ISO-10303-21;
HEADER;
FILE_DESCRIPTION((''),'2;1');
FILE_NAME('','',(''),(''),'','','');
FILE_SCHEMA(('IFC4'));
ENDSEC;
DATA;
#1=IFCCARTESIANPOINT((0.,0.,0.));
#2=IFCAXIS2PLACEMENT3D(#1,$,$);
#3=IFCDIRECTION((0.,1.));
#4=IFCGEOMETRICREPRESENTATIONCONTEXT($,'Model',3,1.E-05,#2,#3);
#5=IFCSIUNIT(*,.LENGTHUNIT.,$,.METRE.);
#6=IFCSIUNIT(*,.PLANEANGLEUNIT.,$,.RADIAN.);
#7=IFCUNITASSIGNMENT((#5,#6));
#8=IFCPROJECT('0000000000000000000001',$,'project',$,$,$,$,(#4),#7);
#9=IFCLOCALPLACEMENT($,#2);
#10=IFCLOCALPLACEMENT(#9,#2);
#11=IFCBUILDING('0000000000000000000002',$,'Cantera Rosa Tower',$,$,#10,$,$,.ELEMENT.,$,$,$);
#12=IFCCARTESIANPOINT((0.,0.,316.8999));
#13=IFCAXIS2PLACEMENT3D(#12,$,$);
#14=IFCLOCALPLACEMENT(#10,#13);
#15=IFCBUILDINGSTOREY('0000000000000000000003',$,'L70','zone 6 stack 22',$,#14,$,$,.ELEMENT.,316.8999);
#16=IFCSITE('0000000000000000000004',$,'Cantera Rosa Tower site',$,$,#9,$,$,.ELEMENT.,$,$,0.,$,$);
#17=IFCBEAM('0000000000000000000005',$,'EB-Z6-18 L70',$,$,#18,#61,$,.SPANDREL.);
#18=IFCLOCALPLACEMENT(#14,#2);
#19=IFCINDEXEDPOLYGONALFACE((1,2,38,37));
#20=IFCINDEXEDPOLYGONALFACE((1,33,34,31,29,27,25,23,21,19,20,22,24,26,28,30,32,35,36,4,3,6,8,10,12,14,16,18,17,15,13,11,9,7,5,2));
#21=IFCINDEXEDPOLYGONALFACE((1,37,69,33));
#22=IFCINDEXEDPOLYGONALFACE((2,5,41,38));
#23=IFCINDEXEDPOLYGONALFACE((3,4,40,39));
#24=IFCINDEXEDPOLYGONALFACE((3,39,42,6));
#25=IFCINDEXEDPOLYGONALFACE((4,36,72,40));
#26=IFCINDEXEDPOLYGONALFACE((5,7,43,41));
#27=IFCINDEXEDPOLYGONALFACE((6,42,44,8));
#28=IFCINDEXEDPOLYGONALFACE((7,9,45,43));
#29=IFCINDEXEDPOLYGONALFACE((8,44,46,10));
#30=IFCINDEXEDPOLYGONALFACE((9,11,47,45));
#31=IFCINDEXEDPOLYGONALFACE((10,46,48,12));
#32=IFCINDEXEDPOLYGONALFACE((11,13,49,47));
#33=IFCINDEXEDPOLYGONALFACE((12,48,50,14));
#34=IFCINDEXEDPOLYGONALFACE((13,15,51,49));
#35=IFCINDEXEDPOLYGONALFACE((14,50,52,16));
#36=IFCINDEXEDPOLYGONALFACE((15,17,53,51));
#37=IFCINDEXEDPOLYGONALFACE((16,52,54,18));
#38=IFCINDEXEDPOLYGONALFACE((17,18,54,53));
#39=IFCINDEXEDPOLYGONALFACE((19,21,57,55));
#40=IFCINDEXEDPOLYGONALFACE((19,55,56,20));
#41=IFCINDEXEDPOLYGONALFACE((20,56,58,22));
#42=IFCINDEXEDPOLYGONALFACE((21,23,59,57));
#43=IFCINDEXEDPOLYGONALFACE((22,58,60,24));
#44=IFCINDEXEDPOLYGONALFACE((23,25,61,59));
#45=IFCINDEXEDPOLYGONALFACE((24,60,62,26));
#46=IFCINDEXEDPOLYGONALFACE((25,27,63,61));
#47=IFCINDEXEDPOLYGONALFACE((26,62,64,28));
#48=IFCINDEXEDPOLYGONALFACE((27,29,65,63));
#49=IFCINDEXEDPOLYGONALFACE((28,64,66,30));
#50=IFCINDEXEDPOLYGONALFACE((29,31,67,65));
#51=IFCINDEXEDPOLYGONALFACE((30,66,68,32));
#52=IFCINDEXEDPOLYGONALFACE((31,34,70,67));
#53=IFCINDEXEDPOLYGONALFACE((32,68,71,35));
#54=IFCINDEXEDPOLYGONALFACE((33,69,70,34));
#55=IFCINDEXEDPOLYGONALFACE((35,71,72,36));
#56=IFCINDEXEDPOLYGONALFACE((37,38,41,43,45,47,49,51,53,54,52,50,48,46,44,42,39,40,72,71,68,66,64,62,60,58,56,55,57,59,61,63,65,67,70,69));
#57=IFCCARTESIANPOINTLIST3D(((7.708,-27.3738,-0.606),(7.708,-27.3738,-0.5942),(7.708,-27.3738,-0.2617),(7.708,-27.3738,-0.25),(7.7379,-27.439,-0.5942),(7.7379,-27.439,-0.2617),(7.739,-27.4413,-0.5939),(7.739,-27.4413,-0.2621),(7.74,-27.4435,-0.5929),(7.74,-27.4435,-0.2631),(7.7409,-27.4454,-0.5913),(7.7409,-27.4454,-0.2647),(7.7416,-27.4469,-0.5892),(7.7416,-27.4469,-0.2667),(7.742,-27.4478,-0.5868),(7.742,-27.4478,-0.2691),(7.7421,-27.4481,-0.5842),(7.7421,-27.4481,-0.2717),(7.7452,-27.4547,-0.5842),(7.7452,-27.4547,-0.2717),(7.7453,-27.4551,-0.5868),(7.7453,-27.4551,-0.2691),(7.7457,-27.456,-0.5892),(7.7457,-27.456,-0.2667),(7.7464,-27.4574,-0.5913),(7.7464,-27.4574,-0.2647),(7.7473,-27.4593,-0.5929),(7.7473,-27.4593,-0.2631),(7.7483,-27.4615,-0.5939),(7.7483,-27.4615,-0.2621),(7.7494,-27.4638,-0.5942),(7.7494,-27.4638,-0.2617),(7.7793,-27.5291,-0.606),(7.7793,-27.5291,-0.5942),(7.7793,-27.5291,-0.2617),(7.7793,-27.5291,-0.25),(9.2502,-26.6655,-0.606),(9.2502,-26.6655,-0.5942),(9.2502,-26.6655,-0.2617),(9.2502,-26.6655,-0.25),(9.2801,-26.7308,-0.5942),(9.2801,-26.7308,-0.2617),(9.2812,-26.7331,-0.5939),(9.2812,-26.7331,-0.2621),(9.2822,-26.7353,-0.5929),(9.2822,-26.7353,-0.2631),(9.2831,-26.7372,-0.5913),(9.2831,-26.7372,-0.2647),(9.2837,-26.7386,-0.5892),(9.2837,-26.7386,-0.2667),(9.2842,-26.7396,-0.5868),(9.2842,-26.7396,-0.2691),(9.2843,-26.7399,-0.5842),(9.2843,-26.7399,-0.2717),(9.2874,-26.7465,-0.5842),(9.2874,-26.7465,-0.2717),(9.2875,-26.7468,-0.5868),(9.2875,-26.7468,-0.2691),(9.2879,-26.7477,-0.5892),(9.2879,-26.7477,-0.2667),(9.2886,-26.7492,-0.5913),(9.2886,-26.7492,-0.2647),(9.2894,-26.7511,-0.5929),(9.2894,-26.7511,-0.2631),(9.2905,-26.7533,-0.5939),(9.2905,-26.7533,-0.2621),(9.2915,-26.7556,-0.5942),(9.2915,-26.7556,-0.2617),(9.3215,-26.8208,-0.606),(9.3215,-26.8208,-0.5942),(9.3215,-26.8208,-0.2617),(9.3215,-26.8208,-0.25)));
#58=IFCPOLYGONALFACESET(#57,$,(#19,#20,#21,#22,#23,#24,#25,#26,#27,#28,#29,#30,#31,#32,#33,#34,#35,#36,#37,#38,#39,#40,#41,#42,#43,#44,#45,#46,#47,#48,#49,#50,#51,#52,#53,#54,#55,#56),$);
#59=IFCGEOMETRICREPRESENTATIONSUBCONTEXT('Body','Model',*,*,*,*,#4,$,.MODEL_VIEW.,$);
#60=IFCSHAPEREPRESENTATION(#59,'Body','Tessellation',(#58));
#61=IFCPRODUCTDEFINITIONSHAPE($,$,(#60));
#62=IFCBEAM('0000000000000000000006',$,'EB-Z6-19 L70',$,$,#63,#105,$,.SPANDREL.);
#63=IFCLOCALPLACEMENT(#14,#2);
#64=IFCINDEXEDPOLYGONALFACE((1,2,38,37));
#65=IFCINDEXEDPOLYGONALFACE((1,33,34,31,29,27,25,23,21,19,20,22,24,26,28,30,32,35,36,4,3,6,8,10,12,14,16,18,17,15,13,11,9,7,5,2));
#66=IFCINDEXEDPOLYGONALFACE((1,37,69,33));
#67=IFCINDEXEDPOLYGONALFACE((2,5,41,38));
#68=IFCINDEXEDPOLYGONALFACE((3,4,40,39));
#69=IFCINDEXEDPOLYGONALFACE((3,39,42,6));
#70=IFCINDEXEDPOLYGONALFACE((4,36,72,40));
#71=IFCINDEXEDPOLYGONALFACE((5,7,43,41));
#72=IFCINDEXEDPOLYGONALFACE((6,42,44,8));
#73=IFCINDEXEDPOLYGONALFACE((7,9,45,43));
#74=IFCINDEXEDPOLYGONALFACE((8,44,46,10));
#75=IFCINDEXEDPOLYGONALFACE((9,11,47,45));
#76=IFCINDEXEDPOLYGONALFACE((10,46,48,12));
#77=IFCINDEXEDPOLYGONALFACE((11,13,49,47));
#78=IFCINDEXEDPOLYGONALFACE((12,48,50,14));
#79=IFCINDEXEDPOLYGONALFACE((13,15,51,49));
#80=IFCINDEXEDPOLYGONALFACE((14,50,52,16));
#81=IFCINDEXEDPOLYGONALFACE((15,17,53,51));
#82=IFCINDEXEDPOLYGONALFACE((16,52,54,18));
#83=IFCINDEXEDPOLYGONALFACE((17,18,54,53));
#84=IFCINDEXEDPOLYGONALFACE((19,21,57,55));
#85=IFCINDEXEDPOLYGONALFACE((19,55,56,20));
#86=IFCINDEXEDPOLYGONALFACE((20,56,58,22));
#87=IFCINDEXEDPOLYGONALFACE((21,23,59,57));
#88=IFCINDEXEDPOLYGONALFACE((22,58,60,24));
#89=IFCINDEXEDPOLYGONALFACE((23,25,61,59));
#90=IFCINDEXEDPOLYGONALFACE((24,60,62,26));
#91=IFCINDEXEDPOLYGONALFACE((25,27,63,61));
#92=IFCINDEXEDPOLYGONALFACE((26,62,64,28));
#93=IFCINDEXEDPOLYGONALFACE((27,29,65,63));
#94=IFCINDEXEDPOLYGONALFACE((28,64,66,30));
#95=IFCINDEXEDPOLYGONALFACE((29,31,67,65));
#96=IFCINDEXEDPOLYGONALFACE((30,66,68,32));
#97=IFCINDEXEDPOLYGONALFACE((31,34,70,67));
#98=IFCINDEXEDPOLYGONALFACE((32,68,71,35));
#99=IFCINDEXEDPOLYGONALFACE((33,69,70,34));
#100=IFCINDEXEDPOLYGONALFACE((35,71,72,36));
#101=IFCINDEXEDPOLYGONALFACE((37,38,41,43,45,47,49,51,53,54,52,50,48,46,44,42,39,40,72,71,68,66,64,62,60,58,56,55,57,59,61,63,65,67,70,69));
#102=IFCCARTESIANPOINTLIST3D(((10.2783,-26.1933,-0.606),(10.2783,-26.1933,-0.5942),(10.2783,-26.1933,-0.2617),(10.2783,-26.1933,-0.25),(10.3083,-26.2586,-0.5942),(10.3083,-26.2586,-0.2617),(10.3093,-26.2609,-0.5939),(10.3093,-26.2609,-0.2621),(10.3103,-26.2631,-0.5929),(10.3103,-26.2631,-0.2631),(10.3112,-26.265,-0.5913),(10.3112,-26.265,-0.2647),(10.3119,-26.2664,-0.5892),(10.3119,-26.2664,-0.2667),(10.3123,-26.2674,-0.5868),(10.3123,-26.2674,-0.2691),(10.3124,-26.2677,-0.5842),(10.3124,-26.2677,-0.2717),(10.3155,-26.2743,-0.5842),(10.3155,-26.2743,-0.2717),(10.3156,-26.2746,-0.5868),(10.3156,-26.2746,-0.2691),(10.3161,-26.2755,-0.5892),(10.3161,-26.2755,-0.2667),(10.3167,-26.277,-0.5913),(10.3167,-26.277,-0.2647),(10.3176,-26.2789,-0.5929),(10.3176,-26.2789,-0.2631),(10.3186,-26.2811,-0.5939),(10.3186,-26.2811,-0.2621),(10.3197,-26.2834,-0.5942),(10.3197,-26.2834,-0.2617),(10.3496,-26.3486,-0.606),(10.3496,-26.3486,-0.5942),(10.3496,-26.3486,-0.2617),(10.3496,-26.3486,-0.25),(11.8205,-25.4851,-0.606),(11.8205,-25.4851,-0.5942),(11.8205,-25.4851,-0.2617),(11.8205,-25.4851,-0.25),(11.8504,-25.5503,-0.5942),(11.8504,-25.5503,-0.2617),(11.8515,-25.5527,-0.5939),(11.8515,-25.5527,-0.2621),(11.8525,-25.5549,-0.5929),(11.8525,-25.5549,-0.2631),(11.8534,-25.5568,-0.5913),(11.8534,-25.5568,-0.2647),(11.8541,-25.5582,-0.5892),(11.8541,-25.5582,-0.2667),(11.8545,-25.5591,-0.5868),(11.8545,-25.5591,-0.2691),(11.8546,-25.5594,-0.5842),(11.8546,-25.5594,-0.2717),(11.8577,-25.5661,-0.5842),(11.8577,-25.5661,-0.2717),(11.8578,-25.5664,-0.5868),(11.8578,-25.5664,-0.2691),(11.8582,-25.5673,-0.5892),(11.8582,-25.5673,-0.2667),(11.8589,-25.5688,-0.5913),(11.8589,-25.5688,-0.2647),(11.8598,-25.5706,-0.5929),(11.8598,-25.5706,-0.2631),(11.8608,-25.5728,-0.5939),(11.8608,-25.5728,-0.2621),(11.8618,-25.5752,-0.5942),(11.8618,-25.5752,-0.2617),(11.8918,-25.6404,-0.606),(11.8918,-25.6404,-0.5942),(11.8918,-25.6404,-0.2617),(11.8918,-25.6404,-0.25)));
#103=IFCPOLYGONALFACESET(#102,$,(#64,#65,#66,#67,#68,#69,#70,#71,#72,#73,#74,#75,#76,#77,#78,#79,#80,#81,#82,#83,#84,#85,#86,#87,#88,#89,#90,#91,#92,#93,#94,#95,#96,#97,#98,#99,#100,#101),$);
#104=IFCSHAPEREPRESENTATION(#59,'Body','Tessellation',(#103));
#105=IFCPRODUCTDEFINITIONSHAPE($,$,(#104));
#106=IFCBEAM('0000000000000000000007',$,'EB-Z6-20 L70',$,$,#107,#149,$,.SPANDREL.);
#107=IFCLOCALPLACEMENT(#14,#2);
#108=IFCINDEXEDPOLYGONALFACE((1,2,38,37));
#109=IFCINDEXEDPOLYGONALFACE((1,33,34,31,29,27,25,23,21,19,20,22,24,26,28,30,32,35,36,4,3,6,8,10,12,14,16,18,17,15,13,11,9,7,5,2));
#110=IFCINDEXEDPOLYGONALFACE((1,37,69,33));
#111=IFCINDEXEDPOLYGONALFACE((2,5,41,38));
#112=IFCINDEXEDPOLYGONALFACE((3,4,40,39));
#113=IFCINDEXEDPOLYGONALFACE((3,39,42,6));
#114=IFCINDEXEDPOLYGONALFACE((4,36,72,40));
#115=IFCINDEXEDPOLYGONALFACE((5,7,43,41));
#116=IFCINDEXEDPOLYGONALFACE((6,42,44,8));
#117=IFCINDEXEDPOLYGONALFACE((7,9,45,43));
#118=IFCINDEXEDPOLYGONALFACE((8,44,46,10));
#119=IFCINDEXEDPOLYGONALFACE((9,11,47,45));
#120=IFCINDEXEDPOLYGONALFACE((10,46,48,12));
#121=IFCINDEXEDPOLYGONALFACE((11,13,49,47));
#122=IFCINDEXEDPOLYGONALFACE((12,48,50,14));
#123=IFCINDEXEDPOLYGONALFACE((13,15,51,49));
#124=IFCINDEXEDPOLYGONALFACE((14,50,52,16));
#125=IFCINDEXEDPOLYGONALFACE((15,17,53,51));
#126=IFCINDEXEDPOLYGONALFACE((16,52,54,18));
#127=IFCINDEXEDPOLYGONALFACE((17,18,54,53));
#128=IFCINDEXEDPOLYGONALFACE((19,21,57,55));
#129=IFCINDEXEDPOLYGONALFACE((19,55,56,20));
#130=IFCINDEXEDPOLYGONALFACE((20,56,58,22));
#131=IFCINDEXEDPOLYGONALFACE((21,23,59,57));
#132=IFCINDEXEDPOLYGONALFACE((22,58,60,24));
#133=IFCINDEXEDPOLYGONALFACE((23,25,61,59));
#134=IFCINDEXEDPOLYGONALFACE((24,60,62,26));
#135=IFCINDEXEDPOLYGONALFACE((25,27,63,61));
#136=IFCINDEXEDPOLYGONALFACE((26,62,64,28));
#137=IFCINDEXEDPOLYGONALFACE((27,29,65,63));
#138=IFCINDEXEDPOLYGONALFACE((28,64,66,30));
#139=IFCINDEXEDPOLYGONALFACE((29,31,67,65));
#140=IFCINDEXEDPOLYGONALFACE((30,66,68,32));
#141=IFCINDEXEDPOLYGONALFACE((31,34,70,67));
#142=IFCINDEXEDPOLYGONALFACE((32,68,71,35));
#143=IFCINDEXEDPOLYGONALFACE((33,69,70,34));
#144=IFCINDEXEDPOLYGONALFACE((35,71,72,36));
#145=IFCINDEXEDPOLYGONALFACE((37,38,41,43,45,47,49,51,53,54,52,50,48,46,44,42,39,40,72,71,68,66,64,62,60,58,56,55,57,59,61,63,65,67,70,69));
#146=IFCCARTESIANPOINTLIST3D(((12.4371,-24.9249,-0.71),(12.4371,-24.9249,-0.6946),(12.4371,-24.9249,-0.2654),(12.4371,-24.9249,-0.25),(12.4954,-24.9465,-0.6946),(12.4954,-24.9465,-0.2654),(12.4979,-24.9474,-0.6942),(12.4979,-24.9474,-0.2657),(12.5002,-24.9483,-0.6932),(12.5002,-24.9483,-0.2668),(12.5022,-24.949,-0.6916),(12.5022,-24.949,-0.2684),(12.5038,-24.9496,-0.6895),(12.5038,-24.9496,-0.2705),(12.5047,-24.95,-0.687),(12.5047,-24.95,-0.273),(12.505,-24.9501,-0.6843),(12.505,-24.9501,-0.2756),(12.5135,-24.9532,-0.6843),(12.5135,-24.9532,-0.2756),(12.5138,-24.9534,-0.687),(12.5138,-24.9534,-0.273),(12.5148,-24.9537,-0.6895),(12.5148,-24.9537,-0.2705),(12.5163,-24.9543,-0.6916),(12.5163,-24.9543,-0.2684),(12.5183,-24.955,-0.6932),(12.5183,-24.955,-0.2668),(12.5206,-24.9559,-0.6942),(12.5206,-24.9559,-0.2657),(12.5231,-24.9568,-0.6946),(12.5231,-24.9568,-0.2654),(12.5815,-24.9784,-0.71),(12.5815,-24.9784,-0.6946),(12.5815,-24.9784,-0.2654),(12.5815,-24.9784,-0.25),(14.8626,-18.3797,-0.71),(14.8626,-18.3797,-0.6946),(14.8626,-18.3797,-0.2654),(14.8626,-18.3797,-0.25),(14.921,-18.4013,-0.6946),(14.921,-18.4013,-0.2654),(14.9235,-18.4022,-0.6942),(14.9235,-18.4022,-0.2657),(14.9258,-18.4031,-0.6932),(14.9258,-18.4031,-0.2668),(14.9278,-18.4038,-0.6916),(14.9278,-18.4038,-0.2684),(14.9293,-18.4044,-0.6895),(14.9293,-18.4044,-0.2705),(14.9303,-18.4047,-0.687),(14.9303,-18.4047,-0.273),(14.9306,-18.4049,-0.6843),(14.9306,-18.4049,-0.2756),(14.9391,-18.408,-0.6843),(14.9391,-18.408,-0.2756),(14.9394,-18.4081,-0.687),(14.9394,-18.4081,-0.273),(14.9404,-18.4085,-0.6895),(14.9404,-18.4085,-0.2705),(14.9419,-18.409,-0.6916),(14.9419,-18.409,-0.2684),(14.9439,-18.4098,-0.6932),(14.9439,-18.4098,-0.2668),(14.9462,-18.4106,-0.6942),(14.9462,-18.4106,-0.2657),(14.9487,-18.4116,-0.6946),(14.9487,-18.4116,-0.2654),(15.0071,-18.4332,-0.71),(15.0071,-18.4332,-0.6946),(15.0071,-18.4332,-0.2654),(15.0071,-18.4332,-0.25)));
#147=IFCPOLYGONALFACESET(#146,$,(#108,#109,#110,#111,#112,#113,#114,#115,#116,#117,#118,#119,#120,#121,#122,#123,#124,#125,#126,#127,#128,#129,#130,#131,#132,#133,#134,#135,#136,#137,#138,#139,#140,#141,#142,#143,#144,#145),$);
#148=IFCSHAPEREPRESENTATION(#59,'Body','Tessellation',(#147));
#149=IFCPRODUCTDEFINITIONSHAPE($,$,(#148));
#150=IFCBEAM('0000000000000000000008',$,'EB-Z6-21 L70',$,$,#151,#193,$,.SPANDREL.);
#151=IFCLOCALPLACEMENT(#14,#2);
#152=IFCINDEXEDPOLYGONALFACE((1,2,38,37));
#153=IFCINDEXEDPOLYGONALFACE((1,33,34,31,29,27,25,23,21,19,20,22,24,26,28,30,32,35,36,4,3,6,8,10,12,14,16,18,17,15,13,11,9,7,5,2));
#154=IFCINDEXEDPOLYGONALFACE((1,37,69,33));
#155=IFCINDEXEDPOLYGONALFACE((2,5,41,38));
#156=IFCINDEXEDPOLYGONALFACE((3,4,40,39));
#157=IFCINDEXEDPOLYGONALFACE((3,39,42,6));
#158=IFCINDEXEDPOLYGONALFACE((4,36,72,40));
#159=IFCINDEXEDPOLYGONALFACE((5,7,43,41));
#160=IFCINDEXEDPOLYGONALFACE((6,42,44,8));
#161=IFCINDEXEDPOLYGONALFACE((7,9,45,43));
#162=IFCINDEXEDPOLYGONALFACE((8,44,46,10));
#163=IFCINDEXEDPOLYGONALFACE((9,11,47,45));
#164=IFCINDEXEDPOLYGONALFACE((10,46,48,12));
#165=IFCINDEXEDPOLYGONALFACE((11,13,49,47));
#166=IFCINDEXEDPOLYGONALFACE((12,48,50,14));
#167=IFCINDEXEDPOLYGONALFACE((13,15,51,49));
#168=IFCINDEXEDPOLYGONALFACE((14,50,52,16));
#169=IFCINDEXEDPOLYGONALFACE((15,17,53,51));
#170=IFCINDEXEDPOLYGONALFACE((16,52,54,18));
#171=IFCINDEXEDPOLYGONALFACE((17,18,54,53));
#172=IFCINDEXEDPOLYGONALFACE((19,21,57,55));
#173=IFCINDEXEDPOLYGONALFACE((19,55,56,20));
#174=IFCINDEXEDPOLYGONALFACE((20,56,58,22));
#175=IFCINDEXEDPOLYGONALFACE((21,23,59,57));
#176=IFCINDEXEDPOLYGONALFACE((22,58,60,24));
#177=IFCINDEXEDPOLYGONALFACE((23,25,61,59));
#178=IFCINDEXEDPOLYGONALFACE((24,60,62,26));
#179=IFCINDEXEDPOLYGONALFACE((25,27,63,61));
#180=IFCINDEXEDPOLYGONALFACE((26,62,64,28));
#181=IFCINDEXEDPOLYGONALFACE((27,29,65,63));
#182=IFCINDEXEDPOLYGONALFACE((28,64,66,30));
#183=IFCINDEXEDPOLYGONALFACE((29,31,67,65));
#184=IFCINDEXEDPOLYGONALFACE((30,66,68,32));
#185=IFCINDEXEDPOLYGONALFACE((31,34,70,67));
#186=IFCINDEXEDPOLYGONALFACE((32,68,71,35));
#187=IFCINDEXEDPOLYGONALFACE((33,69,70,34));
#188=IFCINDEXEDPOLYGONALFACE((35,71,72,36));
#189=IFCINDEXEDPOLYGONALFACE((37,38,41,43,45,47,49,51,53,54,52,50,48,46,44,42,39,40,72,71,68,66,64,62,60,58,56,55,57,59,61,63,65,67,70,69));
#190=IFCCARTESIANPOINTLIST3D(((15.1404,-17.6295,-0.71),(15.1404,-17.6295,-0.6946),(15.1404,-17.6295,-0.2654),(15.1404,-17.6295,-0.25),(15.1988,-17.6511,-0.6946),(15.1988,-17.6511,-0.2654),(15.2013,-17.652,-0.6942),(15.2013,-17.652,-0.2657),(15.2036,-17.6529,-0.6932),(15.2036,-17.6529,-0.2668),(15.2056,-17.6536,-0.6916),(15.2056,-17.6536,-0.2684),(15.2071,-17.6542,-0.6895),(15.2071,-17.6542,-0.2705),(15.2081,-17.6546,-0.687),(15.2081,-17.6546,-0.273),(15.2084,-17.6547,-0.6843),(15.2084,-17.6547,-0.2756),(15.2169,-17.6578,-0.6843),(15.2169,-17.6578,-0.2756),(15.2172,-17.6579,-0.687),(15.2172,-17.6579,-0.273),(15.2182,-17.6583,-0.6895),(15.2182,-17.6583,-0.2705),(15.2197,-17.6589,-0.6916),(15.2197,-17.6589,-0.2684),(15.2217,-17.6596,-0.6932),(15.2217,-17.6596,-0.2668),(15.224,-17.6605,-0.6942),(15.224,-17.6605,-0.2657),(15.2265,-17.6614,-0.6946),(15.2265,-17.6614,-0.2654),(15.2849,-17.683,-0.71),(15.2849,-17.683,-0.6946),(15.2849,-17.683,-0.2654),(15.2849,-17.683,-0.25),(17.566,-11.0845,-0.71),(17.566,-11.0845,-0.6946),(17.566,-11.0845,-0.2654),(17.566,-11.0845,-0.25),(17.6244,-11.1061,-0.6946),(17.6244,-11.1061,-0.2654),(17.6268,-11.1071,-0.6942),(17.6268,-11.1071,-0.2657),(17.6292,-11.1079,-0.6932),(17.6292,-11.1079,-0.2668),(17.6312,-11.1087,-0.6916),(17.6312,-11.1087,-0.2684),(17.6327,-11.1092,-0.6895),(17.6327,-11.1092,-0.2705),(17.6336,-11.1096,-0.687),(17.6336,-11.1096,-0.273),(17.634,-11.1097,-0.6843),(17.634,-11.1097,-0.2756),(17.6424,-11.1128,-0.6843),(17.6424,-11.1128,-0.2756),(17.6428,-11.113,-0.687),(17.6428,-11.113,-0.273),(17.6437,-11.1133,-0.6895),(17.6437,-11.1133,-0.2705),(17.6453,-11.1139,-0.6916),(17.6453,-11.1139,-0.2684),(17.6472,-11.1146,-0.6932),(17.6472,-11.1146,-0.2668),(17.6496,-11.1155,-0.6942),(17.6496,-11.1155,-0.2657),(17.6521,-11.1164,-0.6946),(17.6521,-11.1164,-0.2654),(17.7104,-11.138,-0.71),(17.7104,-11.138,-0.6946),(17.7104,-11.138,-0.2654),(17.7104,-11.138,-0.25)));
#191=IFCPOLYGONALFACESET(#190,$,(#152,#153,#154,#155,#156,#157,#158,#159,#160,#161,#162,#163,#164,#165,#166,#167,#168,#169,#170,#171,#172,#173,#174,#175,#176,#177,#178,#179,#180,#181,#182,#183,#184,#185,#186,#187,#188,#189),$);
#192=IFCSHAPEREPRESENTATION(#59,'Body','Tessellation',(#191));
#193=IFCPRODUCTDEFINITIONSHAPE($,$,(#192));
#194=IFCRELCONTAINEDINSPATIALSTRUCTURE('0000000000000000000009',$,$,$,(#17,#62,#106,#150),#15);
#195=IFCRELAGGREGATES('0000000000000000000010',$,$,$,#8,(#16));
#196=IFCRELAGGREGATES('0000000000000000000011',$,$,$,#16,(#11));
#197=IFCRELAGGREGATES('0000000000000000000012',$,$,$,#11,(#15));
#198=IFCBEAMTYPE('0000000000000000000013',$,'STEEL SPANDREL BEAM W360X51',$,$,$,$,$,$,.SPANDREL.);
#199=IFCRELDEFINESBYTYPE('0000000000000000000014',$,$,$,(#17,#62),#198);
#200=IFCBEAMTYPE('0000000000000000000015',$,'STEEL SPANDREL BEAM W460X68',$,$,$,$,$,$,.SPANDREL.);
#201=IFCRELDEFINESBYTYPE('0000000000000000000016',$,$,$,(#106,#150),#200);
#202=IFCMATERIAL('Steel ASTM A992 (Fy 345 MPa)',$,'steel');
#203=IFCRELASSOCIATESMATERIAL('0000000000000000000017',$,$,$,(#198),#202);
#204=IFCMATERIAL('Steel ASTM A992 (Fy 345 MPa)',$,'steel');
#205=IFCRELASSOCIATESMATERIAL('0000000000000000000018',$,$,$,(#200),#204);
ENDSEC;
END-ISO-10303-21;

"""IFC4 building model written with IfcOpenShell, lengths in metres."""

from ifc_helpers import new_model, si_unit, direction, frame, origin, origin_2d, place, context, subcontext, project, spatial, i_section, extrude, material, material_profile, profile_set, type_object, element, save


model = new_model("IFC4")

# Units and contexts
model_context = context("Model", 3, precision=1e-05, world=origin(), true_north=direction((0.0, 1.0)))
body_context = subcontext(model_context, "Body", "Model", "MODEL_VIEW")
ifc_project = project(units=[si_unit("LENGTHUNIT", "METRE"), si_unit("PLANEANGLEUNIT", "RADIAN")], contexts=[model_context])

# Site, building, storey
site_placement = place(None, origin())
site = spatial("IfcSite", under=ifc_project, at=site_placement, Name="Cantera Rosa Tower site", CompositionType="ELEMENT", RefElevation=0.0)
building_placement = place(site_placement, origin())
building = spatial("IfcBuilding", under=site, at=building_placement, Name="Cantera Rosa Tower", CompositionType="ELEMENT")
storey_placement = place(building_placement, frame((0.0, 0.0, 316.8999)))
storey = spatial("IfcBuildingStorey", under=building, at=storey_placement, Name="L70", Description="zone 6 stack 22", CompositionType="ELEMENT", Elevation=316.8999)

# Beams
ifc_material_1 = material(Name="Steel ASTM A992 (Fy 345 MPa)", Category="steel")
ifc_material_profile_1 = material_profile(ifc_material_1, i_section(OverallWidth=0.1709, OverallDepth=0.356, WebThickness=0.0073, FlangeThickness=0.0117, FilletRadius=0.01, at=origin_2d()), Name="W360X51")
ifc_profile_set_1 = profile_set([ifc_material_profile_1], Name="Steel ASTM A992 (Fy 345 MPa)")
beam_type_1 = type_object("IfcBeamType", Name="STEEL SPANDREL BEAM W360X51", PredefinedType="SPANDREL", material=ifc_profile_set_1)
for number, where, z_axis, x_axis, name in (
    (1, (7.7437, -27.4514, -0.428), (0.908754, 0.417333, 0.0), (-0.417333, 0.908754, 0.0), "EB-Z6-18 L70"),
    (2, (10.314, -26.271, -0.428), (0.908754, 0.417333, 0.0), (-0.417333, 0.908754, 0.0), "EB-Z6-19 L70"),
):
    element("IfcBeam", number, at=place(storey_placement, frame(where, z_axis=z_axis, x_axis=x_axis)), inside=storey, type_object=beam_type_1, Name=name, PredefinedType="SPANDREL", context=body_context, shape_type="SweptSolid", body=[
        extrude(i_section(OverallWidth=0.1709, OverallDepth=0.356, WebThickness=0.0073, FlangeThickness=0.0117, FilletRadius=0.01, at=origin_2d()), origin(), (0.0, 0.0, 1.0), 1.697),
    ])
ifc_material_2 = material(Name="Steel ASTM A992 (Fy 345 MPa)", Category="steel")
ifc_material_profile_2 = material_profile(ifc_material_2, i_section(OverallWidth=0.1541, OverallDepth=0.46, WebThickness=0.009, FlangeThickness=0.0154, FilletRadius=0.0103, at=origin_2d()), Name="W460X68")
ifc_profile_set_2 = profile_set([ifc_material_profile_2], Name="Steel ASTM A992 (Fy 345 MPa)")
beam_type_2 = type_object("IfcBeamType", Name="STEEL SPANDREL BEAM W460X68", PredefinedType="SPANDREL", material=ifc_profile_set_2)
beam_1_placement = place(storey_placement, frame((12.5093, -24.9517, -0.48), z_axis=(0.347491, 0.937683, 0.0), x_axis=(-0.937683, 0.347491, 0.0)))
element("IfcBeam", 3, at=beam_1_placement, inside=storey, type_object=beam_type_2, Name="EB-Z6-20 L70", PredefinedType="SPANDREL", context=body_context, shape_type="SweptSolid", body=[
    extrude(i_section(OverallWidth=0.1541, OverallDepth=0.46, WebThickness=0.009, FlangeThickness=0.0154, FilletRadius=0.0103, at=origin_2d()), origin(), (0.0, 0.0, 1.0), 6.9802),
])
beam_2_placement = place(storey_placement, frame((15.2126, -17.6562, -0.48), z_axis=(0.347502, 0.937679, 0.0), x_axis=(-0.937679, 0.347502, 0.0)))
element("IfcBeam", 4, at=beam_2_placement, inside=storey, type_object=beam_type_2, Name="EB-Z6-21 L70", PredefinedType="SPANDREL", context=body_context, shape_type="SweptSolid", body=[
    extrude(i_section(OverallWidth=0.1541, OverallDepth=0.46, WebThickness=0.009, FlangeThickness=0.0154, FilletRadius=0.0103, at=origin_2d()), origin(), (0.0, 0.0, 1.0), 6.98),
])

save(model, "model.ifc")
